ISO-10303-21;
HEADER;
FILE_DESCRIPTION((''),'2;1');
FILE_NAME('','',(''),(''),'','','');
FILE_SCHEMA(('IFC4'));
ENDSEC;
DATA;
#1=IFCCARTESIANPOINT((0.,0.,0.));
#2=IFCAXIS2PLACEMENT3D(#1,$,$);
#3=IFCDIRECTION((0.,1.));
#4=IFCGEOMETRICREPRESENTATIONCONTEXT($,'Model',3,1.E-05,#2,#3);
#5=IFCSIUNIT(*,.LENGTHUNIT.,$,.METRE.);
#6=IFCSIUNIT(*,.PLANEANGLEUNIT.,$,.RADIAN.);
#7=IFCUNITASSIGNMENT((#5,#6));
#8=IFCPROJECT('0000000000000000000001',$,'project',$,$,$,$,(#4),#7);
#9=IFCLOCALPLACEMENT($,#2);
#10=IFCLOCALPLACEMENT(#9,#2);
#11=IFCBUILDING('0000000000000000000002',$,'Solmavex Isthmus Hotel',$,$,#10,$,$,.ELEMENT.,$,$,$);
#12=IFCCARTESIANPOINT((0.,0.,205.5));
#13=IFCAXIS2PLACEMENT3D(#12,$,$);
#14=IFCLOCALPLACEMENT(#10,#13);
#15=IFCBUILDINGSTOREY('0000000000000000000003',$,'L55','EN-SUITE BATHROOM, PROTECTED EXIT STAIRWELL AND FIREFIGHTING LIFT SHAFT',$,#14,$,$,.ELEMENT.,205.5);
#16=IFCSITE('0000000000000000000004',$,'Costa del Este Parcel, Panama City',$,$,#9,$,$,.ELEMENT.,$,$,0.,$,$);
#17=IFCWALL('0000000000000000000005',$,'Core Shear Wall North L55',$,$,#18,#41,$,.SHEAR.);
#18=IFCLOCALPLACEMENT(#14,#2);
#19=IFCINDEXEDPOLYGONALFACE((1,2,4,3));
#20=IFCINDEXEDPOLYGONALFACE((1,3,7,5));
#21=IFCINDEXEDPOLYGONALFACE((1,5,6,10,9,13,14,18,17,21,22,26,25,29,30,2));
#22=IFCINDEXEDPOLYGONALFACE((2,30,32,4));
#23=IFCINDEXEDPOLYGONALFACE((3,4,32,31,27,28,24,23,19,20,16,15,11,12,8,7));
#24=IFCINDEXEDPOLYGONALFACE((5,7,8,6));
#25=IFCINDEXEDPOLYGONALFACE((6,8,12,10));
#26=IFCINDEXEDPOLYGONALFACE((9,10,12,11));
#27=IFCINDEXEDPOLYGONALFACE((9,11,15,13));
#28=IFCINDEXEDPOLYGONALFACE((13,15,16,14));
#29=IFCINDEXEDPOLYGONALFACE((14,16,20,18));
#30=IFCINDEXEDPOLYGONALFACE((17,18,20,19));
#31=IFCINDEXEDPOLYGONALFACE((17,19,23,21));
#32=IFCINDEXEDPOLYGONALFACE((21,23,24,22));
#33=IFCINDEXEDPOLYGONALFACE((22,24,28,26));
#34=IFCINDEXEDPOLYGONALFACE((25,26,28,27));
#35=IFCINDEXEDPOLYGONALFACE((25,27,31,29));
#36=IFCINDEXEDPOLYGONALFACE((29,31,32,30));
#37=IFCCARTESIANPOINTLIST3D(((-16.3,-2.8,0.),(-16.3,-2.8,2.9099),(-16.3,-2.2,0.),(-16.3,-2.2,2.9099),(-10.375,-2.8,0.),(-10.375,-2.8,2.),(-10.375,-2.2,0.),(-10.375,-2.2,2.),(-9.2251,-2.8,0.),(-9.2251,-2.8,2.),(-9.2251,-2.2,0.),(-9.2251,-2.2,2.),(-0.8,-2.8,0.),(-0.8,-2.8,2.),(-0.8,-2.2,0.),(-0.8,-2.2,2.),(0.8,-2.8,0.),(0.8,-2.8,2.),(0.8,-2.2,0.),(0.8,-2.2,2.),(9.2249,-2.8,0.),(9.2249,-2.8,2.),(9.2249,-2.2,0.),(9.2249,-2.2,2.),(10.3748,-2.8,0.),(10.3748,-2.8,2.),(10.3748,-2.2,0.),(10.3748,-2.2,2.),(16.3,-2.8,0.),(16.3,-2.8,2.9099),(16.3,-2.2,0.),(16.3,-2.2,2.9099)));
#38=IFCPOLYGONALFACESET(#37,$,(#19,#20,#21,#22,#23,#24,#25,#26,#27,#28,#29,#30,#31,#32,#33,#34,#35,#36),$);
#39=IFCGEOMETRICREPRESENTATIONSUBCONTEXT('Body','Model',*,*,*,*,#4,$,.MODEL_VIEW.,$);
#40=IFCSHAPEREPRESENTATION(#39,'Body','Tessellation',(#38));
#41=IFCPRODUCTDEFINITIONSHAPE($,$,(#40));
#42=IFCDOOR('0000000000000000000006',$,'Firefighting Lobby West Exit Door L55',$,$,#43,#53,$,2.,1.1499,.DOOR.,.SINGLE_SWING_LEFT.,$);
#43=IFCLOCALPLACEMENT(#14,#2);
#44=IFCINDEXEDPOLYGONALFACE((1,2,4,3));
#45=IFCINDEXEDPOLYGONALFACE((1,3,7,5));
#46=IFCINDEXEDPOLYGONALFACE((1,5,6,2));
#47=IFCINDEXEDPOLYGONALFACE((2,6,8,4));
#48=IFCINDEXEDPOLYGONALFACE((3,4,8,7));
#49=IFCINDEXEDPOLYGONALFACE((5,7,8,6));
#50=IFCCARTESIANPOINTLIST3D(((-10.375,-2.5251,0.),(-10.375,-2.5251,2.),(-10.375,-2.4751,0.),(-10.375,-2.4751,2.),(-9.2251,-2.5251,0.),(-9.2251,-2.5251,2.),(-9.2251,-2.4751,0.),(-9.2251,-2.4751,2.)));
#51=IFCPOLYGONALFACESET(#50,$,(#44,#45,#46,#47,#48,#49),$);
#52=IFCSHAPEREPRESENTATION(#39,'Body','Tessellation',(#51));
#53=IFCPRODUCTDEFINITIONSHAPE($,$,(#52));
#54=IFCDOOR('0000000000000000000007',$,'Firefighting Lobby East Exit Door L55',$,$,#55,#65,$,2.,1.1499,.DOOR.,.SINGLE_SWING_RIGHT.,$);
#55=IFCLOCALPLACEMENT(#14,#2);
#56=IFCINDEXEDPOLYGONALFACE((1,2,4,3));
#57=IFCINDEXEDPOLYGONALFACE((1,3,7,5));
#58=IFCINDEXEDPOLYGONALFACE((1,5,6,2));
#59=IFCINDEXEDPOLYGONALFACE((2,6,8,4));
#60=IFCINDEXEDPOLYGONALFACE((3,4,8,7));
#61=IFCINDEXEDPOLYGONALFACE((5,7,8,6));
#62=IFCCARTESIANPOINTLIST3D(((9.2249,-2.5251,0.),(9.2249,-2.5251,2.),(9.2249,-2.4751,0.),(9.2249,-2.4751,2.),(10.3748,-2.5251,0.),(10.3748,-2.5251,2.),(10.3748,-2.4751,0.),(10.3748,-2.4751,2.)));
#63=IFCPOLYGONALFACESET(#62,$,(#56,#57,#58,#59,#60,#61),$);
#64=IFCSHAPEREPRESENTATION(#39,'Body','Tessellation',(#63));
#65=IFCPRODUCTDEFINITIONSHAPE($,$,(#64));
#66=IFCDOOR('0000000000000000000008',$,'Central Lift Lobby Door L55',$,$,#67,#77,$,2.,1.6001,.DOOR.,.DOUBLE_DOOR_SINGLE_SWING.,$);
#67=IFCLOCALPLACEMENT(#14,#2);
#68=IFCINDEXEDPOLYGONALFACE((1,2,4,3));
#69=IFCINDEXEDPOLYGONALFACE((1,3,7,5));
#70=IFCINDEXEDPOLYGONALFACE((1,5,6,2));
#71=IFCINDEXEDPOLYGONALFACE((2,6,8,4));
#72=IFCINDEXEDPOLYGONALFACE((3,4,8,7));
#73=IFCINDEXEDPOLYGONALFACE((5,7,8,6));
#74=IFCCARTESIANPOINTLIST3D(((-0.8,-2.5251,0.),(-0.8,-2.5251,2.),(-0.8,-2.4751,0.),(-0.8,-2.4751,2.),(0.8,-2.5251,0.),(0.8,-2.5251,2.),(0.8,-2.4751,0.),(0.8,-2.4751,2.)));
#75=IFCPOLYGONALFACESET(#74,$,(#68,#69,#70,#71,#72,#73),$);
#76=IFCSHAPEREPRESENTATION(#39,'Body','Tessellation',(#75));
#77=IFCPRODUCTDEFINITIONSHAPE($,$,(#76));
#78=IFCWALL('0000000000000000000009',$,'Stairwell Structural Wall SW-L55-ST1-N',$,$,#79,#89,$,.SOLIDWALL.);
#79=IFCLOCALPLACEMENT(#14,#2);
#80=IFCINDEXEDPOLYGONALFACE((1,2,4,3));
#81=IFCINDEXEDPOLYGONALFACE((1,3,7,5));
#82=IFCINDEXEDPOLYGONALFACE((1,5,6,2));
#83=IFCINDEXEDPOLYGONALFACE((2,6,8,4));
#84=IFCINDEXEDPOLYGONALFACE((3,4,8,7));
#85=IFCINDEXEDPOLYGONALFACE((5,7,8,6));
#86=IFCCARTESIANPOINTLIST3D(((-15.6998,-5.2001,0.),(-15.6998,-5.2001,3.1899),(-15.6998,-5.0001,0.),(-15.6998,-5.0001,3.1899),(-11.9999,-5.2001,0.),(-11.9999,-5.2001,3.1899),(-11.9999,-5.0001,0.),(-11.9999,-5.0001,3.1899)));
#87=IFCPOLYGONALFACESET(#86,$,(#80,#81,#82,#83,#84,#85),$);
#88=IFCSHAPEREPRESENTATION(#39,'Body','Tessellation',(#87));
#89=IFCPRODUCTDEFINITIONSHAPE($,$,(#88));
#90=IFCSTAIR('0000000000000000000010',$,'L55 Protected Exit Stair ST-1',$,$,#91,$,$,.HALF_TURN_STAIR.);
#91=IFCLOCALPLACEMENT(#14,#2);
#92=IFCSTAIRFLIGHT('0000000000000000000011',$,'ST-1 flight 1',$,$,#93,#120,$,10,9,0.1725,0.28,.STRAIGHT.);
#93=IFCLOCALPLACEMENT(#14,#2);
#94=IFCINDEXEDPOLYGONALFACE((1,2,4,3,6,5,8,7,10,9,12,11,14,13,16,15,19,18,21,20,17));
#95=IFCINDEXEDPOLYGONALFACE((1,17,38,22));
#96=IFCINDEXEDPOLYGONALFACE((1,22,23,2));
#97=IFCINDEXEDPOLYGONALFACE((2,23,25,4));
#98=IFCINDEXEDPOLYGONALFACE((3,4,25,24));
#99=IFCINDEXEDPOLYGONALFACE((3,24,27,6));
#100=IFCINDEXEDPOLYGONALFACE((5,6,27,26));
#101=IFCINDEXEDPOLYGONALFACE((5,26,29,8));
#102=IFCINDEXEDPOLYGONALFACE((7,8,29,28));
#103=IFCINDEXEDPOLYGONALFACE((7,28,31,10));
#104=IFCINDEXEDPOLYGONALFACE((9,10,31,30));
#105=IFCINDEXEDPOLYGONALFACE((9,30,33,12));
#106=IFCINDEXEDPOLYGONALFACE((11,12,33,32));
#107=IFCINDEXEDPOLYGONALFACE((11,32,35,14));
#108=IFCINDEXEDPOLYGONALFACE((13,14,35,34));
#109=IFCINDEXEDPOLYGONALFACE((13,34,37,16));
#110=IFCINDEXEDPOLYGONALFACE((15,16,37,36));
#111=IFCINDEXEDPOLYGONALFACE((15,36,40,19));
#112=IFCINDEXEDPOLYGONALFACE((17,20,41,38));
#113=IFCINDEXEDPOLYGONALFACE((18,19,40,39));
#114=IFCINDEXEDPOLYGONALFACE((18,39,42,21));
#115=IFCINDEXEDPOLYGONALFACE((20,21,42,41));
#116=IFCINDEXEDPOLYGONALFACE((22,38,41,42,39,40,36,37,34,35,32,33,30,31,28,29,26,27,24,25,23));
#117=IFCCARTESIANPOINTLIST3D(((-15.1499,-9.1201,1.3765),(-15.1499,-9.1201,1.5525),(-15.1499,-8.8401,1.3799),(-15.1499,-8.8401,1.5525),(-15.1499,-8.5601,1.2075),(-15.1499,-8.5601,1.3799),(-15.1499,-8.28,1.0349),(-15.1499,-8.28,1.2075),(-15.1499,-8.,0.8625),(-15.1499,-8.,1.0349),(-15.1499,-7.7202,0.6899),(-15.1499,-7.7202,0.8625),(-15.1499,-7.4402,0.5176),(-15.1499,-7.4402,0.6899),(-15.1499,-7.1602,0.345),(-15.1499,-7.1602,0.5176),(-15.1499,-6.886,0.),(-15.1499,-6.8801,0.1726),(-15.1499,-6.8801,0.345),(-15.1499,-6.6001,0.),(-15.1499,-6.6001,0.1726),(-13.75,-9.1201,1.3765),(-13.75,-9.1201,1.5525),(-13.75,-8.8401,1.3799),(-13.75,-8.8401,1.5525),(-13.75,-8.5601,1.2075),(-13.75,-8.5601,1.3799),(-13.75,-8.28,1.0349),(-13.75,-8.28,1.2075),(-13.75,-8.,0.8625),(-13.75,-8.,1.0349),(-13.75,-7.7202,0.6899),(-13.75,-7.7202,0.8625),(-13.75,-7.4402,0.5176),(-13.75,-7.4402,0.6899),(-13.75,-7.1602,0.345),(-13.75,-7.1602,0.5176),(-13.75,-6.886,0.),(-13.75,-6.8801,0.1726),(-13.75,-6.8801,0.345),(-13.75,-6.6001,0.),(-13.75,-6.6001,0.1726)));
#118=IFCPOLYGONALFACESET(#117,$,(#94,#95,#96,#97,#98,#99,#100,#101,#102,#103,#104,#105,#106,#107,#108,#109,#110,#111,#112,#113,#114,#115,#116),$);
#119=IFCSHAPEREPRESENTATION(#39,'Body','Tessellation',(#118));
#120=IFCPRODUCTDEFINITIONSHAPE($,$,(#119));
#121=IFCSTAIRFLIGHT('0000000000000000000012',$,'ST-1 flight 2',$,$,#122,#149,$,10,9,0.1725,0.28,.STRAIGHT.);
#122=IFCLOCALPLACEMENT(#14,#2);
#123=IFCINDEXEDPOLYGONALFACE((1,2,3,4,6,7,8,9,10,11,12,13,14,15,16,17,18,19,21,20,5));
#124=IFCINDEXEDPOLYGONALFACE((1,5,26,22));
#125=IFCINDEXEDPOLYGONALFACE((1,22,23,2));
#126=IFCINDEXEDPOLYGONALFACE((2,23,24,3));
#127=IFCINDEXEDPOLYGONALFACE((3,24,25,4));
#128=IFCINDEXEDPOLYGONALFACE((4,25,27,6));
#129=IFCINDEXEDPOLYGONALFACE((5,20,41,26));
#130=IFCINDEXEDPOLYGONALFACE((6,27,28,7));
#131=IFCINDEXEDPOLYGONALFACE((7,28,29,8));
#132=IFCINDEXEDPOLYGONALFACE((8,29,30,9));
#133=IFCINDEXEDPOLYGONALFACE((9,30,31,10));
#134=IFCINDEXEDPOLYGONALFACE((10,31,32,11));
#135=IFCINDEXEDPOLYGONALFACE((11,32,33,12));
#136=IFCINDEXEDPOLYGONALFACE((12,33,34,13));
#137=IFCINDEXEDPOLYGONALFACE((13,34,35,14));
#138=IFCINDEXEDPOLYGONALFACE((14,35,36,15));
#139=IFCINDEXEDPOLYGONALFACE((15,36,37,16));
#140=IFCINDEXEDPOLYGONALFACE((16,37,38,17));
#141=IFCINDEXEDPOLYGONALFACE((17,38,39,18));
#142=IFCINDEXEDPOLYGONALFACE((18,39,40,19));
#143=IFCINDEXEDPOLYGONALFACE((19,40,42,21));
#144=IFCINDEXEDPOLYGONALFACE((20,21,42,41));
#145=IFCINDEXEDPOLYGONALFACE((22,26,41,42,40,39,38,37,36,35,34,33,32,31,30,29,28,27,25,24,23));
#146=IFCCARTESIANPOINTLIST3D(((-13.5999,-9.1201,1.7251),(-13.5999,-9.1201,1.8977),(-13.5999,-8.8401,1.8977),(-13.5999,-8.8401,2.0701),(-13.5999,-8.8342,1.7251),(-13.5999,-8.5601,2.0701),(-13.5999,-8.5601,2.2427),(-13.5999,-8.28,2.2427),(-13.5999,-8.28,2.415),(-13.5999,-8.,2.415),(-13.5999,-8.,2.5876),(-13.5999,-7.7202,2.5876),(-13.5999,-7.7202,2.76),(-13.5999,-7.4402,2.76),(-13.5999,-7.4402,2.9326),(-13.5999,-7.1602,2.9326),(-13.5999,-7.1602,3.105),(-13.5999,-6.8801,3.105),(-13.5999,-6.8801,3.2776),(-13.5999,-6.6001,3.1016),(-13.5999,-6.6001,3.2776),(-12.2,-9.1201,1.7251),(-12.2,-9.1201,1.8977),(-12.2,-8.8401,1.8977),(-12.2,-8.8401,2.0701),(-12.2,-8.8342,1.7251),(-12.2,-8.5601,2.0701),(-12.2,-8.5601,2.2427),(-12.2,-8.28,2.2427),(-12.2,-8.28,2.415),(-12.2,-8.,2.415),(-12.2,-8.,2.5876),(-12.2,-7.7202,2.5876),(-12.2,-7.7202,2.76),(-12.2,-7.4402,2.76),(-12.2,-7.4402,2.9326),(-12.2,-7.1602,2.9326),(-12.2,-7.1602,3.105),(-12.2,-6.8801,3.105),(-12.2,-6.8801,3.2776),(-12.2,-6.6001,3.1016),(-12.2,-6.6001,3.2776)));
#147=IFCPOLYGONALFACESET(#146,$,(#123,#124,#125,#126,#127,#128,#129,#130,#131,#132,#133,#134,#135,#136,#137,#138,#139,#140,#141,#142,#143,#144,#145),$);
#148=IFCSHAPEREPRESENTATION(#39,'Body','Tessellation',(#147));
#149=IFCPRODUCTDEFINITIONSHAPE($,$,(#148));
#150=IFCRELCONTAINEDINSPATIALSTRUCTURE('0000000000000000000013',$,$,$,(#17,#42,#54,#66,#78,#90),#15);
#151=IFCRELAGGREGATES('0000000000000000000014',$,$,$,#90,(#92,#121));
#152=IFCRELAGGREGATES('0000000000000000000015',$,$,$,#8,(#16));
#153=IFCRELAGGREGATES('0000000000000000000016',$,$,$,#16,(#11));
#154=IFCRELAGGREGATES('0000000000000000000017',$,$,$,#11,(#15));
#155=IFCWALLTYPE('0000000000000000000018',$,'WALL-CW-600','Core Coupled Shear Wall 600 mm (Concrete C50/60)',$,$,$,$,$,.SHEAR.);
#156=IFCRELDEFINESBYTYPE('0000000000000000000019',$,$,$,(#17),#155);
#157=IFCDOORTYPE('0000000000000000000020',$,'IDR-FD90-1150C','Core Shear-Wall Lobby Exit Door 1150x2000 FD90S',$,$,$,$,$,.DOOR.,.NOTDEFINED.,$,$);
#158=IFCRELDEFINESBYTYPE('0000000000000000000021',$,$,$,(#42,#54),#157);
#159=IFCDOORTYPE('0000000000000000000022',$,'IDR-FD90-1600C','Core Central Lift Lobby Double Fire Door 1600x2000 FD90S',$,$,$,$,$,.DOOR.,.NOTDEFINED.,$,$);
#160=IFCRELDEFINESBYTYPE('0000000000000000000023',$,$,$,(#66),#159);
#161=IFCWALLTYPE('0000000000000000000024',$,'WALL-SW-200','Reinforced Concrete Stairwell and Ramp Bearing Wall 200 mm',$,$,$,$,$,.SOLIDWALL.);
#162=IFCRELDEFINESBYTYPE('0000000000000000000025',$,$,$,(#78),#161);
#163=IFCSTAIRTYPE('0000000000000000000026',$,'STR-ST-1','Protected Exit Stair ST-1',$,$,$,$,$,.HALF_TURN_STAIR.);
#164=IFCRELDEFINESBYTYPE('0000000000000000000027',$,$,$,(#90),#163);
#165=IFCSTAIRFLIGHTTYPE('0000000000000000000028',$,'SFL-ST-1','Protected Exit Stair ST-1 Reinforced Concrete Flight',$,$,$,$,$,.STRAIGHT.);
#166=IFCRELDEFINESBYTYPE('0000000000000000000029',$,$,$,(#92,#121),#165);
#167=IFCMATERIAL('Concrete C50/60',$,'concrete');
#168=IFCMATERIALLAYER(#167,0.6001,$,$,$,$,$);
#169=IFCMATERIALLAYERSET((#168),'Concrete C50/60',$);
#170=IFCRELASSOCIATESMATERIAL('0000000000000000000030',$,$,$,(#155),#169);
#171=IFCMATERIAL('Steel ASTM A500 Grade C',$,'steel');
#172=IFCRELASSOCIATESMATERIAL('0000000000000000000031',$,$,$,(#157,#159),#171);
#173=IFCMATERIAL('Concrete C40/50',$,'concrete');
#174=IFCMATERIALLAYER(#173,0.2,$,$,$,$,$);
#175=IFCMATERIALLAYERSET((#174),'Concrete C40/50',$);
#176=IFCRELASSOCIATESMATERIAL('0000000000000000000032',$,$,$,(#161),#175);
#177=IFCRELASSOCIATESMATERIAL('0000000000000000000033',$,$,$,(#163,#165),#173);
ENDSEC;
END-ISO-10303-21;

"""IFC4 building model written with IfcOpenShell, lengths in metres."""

from ifc_helpers import new_model, si_unit, direction, frame, frame_2d, origin, place, context, subcontext, project, spatial, polyline, rectangle, outline, extrude, material, layer, layer_set, type_object, element, fill, aggregate, save


model = new_model("IFC4")

# Units and contexts
model_context = context("Model", 3, precision=1e-05, world=origin(), true_north=direction((0.0, 1.0)))
body_context = subcontext(model_context, "Body", "Model", "MODEL_VIEW")
ifc_project = project(units=[si_unit("LENGTHUNIT", "METRE"), si_unit("PLANEANGLEUNIT", "RADIAN")], contexts=[model_context])

# Site, building, storey
site_placement = place(None, origin())
site = spatial("IfcSite", under=ifc_project, at=site_placement, Name="Costa del Este Parcel, Panama City", CompositionType="ELEMENT", RefElevation=0.0)
building_placement = place(site_placement, origin())
building = spatial("IfcBuilding", under=site, at=building_placement, Name="Solmavex Isthmus Hotel", CompositionType="ELEMENT")
storey_placement = place(building_placement, frame((0.0, 0.0, 205.5)))
storey = spatial("IfcBuildingStorey", under=building, at=storey_placement, Name="L55", Description="EN-SUITE BATHROOM, PROTECTED EXIT STAIRWELL AND FIREFIGHTING LIFT SHAFT", CompositionType="ELEMENT", Elevation=205.5)

# Shared definitions
ifc_material_1 = material(Name="Concrete C50/60", Category="concrete")

# Wall, openings, doors
ifc_layer_1 = layer(ifc_material_1, 0.6001)
ifc_layer_set_1 = layer_set([ifc_layer_1], Name="Concrete C50/60")
wall_type_1 = type_object("IfcWallType", Name="WALL-CW-600", Description="Core Coupled Shear Wall 600 mm (Concrete C50/60)", PredefinedType="SHEAR", material=ifc_layer_set_1)
wall_1_placement = place(storey_placement, frame((-16.3, -2.5, 0.0), z_axis=(0.0, 0.0, 1.0), x_axis=(1.0, 0.0, 0.0)))
wall_1 = element("IfcWall", 1, at=wall_1_placement, inside=storey, type_object=wall_type_1, Name="Core Shear Wall North L55", PredefinedType="SHEAR", context=body_context, shape_type="SweptSolid", body=[
    extrude(rectangle(XDim=32.6001, YDim=0.6001, at=frame_2d((16.3, 0.0))), origin(), (0.0, 0.0, 1.0), 2.9099),
])
opening_1_placement = place(wall_1_placement, frame((5.925, 0.0, 0.0)))
opening_1 = element("IfcOpeningElement", 2, at=opening_1_placement, cuts=wall_1, PredefinedType="OPENING", context=body_context, shape_type="SweptSolid", body=[
    extrude(rectangle(XDim=1.1499, YDim=2.0, at=frame_2d((0.575, 1.0))), frame((0.0, 0.3101, 0.0), z_axis=(0.0, -1.0, 0.0), x_axis=(1.0, 0.0, 0.0)), (0.0, 0.0, 1.0), 0.6201),
])
opening_2_placement = place(wall_1_placement, frame((15.5, 0.0, 0.0)))
opening_2 = element("IfcOpeningElement", 3, at=opening_2_placement, cuts=wall_1, PredefinedType="OPENING", context=body_context, shape_type="SweptSolid", body=[
    extrude(rectangle(XDim=1.6001, YDim=2.0, at=frame_2d((0.8, 1.0))), frame((0.0, 0.3101, 0.0), z_axis=(0.0, -1.0, 0.0), x_axis=(1.0, 0.0, 0.0)), (0.0, 0.0, 1.0), 0.6201),
])
opening_3_placement = place(wall_1_placement, frame((25.5249, 0.0, 0.0)))
opening_3 = element("IfcOpeningElement", 4, at=opening_3_placement, cuts=wall_1, PredefinedType="OPENING", context=body_context, shape_type="SweptSolid", body=[
    extrude(rectangle(XDim=1.1499, YDim=2.0, at=frame_2d((0.575, 1.0))), frame((0.0, 0.3101, 0.0), z_axis=(0.0, -1.0, 0.0), x_axis=(1.0, 0.0, 0.0)), (0.0, 0.0, 1.0), 0.6201),
])
ifc_material_2 = material(Name="Steel ASTM A500 Grade C", Category="steel")
door_type_1 = type_object("IfcDoorType", Name="IDR-FD90-1150C", Description="Core Shear-Wall Lobby Exit Door 1150x2000 FD90S", OperationType="NOTDEFINED", PredefinedType="DOOR", material=ifc_material_2)
door_1_placement = place(opening_1_placement, origin())
door_1 = element("IfcDoor", 5, at=door_1_placement, inside=storey, type_object=door_type_1, Name="Firefighting Lobby West Exit Door L55", OperationType="SINGLE_SWING_LEFT", OverallHeight=2.0, OverallWidth=1.1499, PredefinedType="DOOR", context=body_context, shape_type="SweptSolid", body=[
    extrude(rectangle(XDim=1.1499, YDim=2.0, at=frame_2d((0.575, 1.0))), frame((0.0, 0.0249, 0.0), z_axis=(0.0, -1.0, 0.0), x_axis=(1.0, 0.0, 0.0)), (0.0, 0.0, 1.0), 0.05),
])
fill(opening_1, door_1)
door_2_placement = place(opening_3_placement, origin())
door_2 = element("IfcDoor", 6, at=door_2_placement, inside=storey, type_object=door_type_1, Name="Firefighting Lobby East Exit Door L55", OperationType="SINGLE_SWING_RIGHT", OverallHeight=2.0, OverallWidth=1.1499, PredefinedType="DOOR", context=body_context, shape_type="SweptSolid", body=[
    extrude(rectangle(XDim=1.1499, YDim=2.0, at=frame_2d((0.575, 1.0))), frame((0.0, 0.0249, 0.0), z_axis=(0.0, -1.0, 0.0), x_axis=(1.0, 0.0, 0.0)), (0.0, 0.0, 1.0), 0.05),
])
fill(opening_3, door_2)
door_type_2 = type_object("IfcDoorType", Name="IDR-FD90-1600C", Description="Core Central Lift Lobby Double Fire Door 1600x2000 FD90S", OperationType="NOTDEFINED", PredefinedType="DOOR", material=ifc_material_2)
door_3_placement = place(opening_2_placement, origin())
door_3 = element("IfcDoor", 7, at=door_3_placement, inside=storey, type_object=door_type_2, Name="Central Lift Lobby Door L55", OperationType="DOUBLE_DOOR_SINGLE_SWING", OverallHeight=2.0, OverallWidth=1.6001, PredefinedType="DOOR", context=body_context, shape_type="SweptSolid", body=[
    extrude(rectangle(XDim=1.6001, YDim=2.0, at=frame_2d((0.8, 1.0))), frame((0.0, 0.0249, 0.0), z_axis=(0.0, -1.0, 0.0), x_axis=(1.0, 0.0, 0.0)), (0.0, 0.0, 1.0), 0.05),
])
fill(opening_2, door_3)

# Wall
ifc_material_3 = material(Name="Concrete C40/50", Category="concrete")
ifc_layer_2 = layer(ifc_material_3, 0.2)
ifc_layer_set_2 = layer_set([ifc_layer_2], Name="Concrete C40/50")
wall_type_2 = type_object("IfcWallType", Name="WALL-SW-200", Description="Reinforced Concrete Stairwell and Ramp Bearing Wall 200 mm", PredefinedType="SOLIDWALL", material=ifc_layer_set_2)
wall_2_placement = place(storey_placement, frame((-15.7, -5.1001, 0.0), z_axis=(0.0, 0.0, 1.0), x_axis=(1.0, 0.0, 0.0)))
element("IfcWall", 8, at=wall_2_placement, inside=storey, type_object=wall_type_2, Name="Stairwell Structural Wall SW-L55-ST1-N", PredefinedType="SOLIDWALL", context=body_context, shape_type="SweptSolid", body=[
    extrude(rectangle(XDim=3.7, YDim=0.2, at=frame_2d((1.8501, 0.0))), origin(), (0.0, 0.0, 1.0), 3.1899),
])

# Stair, stair flights
stair_type = type_object("IfcStairType", Name="STR-ST-1", Description="Protected Exit Stair ST-1", PredefinedType="HALF_TURN_STAIR", material=ifc_material_3)
stair_placement = place(storey_placement, origin())
stair = element("IfcStair", 9, at=stair_placement, inside=storey, type_object=stair_type, Name="L55 Protected Exit Stair ST-1", PredefinedType="HALF_TURN_STAIR")
stair_flight_type = type_object("IfcStairFlightType", Name="SFL-ST-1", Description="Protected Exit Stair ST-1 Reinforced Concrete Flight", PredefinedType="STRAIGHT", material=ifc_material_3)
stair_flight_1_placement = place(storey_placement, frame((-14.45, -6.6001, 0.0), z_axis=(0.0, 0.0, 1.0), x_axis=(0.0, -1.0, 0.0)))
stair_flight_1 = element("IfcStairFlight", 10, at=stair_flight_1_placement, type_object=stair_flight_type, Name="ST-1 flight 1", NumberOfRisers=10, NumberOfTreads=9, PredefinedType="STRAIGHT", RiserHeight=0.1725, TreadLength=0.28, context=body_context, shape_type="SweptSolid", body=[
    extrude(outline(polyline([(0.0, 0.0), (0.0, 0.1726), (0.28, 0.1726), (0.28, 0.345), (0.5601, 0.345), (0.5601, 0.5176), (0.8401, 0.5176), (0.8401, 0.6899), (1.1201, 0.6899), (1.1201, 0.8625), (1.3999, 0.8625), (1.3999, 1.0349), (1.6799, 1.0349), (1.6799, 1.2075), (1.96, 1.2075), (1.96, 1.3799), (2.24, 1.3799), (2.24, 1.5525), (2.52, 1.5525), (2.52, 1.7251), (2.52, 1.3765), (0.2859, 0.0), (0.0, 0.0)])), frame((0.0, 0.7, 0.0), z_axis=(0.0, -1.0, 0.0), x_axis=(1.0, 0.0, 0.0)), (0.0, 0.0, 1.0), 1.3999),
])
stair_flight_2_placement = place(storey_placement, frame((-12.8999, -9.1201, 1.7251), z_axis=(0.0, 0.0, 1.0), x_axis=(0.0, 1.0, 0.0)))
stair_flight_2 = element("IfcStairFlight", 11, at=stair_flight_2_placement, type_object=stair_flight_type, Name="ST-1 flight 2", NumberOfRisers=10, NumberOfTreads=9, PredefinedType="STRAIGHT", RiserHeight=0.1725, TreadLength=0.28, context=body_context, shape_type="SweptSolid", body=[
    extrude(outline(polyline([(0.0, 0.0), (0.0, 0.1726), (0.28, 0.1726), (0.28, 0.345), (0.5601, 0.345), (0.5601, 0.5176), (0.8401, 0.5176), (0.8401, 0.6899), (1.1201, 0.6899), (1.1201, 0.8625), (1.3999, 0.8625), (1.3999, 1.0349), (1.6799, 1.0349), (1.6799, 1.2075), (1.96, 1.2075), (1.96, 1.3799), (2.24, 1.3799), (2.24, 1.5525), (2.52, 1.5525), (2.52, 1.7251), (2.52, 1.3765), (0.2859, 0.0), (0.0, 0.0)])), frame((0.0, 0.7, 0.0), z_axis=(0.0, -1.0, 0.0), x_axis=(1.0, 0.0, 0.0)), (0.0, 0.0, 1.0), 1.3999),
])
aggregate(stair, [stair_flight_1, stair_flight_2])

save(model, "model.ifc")
